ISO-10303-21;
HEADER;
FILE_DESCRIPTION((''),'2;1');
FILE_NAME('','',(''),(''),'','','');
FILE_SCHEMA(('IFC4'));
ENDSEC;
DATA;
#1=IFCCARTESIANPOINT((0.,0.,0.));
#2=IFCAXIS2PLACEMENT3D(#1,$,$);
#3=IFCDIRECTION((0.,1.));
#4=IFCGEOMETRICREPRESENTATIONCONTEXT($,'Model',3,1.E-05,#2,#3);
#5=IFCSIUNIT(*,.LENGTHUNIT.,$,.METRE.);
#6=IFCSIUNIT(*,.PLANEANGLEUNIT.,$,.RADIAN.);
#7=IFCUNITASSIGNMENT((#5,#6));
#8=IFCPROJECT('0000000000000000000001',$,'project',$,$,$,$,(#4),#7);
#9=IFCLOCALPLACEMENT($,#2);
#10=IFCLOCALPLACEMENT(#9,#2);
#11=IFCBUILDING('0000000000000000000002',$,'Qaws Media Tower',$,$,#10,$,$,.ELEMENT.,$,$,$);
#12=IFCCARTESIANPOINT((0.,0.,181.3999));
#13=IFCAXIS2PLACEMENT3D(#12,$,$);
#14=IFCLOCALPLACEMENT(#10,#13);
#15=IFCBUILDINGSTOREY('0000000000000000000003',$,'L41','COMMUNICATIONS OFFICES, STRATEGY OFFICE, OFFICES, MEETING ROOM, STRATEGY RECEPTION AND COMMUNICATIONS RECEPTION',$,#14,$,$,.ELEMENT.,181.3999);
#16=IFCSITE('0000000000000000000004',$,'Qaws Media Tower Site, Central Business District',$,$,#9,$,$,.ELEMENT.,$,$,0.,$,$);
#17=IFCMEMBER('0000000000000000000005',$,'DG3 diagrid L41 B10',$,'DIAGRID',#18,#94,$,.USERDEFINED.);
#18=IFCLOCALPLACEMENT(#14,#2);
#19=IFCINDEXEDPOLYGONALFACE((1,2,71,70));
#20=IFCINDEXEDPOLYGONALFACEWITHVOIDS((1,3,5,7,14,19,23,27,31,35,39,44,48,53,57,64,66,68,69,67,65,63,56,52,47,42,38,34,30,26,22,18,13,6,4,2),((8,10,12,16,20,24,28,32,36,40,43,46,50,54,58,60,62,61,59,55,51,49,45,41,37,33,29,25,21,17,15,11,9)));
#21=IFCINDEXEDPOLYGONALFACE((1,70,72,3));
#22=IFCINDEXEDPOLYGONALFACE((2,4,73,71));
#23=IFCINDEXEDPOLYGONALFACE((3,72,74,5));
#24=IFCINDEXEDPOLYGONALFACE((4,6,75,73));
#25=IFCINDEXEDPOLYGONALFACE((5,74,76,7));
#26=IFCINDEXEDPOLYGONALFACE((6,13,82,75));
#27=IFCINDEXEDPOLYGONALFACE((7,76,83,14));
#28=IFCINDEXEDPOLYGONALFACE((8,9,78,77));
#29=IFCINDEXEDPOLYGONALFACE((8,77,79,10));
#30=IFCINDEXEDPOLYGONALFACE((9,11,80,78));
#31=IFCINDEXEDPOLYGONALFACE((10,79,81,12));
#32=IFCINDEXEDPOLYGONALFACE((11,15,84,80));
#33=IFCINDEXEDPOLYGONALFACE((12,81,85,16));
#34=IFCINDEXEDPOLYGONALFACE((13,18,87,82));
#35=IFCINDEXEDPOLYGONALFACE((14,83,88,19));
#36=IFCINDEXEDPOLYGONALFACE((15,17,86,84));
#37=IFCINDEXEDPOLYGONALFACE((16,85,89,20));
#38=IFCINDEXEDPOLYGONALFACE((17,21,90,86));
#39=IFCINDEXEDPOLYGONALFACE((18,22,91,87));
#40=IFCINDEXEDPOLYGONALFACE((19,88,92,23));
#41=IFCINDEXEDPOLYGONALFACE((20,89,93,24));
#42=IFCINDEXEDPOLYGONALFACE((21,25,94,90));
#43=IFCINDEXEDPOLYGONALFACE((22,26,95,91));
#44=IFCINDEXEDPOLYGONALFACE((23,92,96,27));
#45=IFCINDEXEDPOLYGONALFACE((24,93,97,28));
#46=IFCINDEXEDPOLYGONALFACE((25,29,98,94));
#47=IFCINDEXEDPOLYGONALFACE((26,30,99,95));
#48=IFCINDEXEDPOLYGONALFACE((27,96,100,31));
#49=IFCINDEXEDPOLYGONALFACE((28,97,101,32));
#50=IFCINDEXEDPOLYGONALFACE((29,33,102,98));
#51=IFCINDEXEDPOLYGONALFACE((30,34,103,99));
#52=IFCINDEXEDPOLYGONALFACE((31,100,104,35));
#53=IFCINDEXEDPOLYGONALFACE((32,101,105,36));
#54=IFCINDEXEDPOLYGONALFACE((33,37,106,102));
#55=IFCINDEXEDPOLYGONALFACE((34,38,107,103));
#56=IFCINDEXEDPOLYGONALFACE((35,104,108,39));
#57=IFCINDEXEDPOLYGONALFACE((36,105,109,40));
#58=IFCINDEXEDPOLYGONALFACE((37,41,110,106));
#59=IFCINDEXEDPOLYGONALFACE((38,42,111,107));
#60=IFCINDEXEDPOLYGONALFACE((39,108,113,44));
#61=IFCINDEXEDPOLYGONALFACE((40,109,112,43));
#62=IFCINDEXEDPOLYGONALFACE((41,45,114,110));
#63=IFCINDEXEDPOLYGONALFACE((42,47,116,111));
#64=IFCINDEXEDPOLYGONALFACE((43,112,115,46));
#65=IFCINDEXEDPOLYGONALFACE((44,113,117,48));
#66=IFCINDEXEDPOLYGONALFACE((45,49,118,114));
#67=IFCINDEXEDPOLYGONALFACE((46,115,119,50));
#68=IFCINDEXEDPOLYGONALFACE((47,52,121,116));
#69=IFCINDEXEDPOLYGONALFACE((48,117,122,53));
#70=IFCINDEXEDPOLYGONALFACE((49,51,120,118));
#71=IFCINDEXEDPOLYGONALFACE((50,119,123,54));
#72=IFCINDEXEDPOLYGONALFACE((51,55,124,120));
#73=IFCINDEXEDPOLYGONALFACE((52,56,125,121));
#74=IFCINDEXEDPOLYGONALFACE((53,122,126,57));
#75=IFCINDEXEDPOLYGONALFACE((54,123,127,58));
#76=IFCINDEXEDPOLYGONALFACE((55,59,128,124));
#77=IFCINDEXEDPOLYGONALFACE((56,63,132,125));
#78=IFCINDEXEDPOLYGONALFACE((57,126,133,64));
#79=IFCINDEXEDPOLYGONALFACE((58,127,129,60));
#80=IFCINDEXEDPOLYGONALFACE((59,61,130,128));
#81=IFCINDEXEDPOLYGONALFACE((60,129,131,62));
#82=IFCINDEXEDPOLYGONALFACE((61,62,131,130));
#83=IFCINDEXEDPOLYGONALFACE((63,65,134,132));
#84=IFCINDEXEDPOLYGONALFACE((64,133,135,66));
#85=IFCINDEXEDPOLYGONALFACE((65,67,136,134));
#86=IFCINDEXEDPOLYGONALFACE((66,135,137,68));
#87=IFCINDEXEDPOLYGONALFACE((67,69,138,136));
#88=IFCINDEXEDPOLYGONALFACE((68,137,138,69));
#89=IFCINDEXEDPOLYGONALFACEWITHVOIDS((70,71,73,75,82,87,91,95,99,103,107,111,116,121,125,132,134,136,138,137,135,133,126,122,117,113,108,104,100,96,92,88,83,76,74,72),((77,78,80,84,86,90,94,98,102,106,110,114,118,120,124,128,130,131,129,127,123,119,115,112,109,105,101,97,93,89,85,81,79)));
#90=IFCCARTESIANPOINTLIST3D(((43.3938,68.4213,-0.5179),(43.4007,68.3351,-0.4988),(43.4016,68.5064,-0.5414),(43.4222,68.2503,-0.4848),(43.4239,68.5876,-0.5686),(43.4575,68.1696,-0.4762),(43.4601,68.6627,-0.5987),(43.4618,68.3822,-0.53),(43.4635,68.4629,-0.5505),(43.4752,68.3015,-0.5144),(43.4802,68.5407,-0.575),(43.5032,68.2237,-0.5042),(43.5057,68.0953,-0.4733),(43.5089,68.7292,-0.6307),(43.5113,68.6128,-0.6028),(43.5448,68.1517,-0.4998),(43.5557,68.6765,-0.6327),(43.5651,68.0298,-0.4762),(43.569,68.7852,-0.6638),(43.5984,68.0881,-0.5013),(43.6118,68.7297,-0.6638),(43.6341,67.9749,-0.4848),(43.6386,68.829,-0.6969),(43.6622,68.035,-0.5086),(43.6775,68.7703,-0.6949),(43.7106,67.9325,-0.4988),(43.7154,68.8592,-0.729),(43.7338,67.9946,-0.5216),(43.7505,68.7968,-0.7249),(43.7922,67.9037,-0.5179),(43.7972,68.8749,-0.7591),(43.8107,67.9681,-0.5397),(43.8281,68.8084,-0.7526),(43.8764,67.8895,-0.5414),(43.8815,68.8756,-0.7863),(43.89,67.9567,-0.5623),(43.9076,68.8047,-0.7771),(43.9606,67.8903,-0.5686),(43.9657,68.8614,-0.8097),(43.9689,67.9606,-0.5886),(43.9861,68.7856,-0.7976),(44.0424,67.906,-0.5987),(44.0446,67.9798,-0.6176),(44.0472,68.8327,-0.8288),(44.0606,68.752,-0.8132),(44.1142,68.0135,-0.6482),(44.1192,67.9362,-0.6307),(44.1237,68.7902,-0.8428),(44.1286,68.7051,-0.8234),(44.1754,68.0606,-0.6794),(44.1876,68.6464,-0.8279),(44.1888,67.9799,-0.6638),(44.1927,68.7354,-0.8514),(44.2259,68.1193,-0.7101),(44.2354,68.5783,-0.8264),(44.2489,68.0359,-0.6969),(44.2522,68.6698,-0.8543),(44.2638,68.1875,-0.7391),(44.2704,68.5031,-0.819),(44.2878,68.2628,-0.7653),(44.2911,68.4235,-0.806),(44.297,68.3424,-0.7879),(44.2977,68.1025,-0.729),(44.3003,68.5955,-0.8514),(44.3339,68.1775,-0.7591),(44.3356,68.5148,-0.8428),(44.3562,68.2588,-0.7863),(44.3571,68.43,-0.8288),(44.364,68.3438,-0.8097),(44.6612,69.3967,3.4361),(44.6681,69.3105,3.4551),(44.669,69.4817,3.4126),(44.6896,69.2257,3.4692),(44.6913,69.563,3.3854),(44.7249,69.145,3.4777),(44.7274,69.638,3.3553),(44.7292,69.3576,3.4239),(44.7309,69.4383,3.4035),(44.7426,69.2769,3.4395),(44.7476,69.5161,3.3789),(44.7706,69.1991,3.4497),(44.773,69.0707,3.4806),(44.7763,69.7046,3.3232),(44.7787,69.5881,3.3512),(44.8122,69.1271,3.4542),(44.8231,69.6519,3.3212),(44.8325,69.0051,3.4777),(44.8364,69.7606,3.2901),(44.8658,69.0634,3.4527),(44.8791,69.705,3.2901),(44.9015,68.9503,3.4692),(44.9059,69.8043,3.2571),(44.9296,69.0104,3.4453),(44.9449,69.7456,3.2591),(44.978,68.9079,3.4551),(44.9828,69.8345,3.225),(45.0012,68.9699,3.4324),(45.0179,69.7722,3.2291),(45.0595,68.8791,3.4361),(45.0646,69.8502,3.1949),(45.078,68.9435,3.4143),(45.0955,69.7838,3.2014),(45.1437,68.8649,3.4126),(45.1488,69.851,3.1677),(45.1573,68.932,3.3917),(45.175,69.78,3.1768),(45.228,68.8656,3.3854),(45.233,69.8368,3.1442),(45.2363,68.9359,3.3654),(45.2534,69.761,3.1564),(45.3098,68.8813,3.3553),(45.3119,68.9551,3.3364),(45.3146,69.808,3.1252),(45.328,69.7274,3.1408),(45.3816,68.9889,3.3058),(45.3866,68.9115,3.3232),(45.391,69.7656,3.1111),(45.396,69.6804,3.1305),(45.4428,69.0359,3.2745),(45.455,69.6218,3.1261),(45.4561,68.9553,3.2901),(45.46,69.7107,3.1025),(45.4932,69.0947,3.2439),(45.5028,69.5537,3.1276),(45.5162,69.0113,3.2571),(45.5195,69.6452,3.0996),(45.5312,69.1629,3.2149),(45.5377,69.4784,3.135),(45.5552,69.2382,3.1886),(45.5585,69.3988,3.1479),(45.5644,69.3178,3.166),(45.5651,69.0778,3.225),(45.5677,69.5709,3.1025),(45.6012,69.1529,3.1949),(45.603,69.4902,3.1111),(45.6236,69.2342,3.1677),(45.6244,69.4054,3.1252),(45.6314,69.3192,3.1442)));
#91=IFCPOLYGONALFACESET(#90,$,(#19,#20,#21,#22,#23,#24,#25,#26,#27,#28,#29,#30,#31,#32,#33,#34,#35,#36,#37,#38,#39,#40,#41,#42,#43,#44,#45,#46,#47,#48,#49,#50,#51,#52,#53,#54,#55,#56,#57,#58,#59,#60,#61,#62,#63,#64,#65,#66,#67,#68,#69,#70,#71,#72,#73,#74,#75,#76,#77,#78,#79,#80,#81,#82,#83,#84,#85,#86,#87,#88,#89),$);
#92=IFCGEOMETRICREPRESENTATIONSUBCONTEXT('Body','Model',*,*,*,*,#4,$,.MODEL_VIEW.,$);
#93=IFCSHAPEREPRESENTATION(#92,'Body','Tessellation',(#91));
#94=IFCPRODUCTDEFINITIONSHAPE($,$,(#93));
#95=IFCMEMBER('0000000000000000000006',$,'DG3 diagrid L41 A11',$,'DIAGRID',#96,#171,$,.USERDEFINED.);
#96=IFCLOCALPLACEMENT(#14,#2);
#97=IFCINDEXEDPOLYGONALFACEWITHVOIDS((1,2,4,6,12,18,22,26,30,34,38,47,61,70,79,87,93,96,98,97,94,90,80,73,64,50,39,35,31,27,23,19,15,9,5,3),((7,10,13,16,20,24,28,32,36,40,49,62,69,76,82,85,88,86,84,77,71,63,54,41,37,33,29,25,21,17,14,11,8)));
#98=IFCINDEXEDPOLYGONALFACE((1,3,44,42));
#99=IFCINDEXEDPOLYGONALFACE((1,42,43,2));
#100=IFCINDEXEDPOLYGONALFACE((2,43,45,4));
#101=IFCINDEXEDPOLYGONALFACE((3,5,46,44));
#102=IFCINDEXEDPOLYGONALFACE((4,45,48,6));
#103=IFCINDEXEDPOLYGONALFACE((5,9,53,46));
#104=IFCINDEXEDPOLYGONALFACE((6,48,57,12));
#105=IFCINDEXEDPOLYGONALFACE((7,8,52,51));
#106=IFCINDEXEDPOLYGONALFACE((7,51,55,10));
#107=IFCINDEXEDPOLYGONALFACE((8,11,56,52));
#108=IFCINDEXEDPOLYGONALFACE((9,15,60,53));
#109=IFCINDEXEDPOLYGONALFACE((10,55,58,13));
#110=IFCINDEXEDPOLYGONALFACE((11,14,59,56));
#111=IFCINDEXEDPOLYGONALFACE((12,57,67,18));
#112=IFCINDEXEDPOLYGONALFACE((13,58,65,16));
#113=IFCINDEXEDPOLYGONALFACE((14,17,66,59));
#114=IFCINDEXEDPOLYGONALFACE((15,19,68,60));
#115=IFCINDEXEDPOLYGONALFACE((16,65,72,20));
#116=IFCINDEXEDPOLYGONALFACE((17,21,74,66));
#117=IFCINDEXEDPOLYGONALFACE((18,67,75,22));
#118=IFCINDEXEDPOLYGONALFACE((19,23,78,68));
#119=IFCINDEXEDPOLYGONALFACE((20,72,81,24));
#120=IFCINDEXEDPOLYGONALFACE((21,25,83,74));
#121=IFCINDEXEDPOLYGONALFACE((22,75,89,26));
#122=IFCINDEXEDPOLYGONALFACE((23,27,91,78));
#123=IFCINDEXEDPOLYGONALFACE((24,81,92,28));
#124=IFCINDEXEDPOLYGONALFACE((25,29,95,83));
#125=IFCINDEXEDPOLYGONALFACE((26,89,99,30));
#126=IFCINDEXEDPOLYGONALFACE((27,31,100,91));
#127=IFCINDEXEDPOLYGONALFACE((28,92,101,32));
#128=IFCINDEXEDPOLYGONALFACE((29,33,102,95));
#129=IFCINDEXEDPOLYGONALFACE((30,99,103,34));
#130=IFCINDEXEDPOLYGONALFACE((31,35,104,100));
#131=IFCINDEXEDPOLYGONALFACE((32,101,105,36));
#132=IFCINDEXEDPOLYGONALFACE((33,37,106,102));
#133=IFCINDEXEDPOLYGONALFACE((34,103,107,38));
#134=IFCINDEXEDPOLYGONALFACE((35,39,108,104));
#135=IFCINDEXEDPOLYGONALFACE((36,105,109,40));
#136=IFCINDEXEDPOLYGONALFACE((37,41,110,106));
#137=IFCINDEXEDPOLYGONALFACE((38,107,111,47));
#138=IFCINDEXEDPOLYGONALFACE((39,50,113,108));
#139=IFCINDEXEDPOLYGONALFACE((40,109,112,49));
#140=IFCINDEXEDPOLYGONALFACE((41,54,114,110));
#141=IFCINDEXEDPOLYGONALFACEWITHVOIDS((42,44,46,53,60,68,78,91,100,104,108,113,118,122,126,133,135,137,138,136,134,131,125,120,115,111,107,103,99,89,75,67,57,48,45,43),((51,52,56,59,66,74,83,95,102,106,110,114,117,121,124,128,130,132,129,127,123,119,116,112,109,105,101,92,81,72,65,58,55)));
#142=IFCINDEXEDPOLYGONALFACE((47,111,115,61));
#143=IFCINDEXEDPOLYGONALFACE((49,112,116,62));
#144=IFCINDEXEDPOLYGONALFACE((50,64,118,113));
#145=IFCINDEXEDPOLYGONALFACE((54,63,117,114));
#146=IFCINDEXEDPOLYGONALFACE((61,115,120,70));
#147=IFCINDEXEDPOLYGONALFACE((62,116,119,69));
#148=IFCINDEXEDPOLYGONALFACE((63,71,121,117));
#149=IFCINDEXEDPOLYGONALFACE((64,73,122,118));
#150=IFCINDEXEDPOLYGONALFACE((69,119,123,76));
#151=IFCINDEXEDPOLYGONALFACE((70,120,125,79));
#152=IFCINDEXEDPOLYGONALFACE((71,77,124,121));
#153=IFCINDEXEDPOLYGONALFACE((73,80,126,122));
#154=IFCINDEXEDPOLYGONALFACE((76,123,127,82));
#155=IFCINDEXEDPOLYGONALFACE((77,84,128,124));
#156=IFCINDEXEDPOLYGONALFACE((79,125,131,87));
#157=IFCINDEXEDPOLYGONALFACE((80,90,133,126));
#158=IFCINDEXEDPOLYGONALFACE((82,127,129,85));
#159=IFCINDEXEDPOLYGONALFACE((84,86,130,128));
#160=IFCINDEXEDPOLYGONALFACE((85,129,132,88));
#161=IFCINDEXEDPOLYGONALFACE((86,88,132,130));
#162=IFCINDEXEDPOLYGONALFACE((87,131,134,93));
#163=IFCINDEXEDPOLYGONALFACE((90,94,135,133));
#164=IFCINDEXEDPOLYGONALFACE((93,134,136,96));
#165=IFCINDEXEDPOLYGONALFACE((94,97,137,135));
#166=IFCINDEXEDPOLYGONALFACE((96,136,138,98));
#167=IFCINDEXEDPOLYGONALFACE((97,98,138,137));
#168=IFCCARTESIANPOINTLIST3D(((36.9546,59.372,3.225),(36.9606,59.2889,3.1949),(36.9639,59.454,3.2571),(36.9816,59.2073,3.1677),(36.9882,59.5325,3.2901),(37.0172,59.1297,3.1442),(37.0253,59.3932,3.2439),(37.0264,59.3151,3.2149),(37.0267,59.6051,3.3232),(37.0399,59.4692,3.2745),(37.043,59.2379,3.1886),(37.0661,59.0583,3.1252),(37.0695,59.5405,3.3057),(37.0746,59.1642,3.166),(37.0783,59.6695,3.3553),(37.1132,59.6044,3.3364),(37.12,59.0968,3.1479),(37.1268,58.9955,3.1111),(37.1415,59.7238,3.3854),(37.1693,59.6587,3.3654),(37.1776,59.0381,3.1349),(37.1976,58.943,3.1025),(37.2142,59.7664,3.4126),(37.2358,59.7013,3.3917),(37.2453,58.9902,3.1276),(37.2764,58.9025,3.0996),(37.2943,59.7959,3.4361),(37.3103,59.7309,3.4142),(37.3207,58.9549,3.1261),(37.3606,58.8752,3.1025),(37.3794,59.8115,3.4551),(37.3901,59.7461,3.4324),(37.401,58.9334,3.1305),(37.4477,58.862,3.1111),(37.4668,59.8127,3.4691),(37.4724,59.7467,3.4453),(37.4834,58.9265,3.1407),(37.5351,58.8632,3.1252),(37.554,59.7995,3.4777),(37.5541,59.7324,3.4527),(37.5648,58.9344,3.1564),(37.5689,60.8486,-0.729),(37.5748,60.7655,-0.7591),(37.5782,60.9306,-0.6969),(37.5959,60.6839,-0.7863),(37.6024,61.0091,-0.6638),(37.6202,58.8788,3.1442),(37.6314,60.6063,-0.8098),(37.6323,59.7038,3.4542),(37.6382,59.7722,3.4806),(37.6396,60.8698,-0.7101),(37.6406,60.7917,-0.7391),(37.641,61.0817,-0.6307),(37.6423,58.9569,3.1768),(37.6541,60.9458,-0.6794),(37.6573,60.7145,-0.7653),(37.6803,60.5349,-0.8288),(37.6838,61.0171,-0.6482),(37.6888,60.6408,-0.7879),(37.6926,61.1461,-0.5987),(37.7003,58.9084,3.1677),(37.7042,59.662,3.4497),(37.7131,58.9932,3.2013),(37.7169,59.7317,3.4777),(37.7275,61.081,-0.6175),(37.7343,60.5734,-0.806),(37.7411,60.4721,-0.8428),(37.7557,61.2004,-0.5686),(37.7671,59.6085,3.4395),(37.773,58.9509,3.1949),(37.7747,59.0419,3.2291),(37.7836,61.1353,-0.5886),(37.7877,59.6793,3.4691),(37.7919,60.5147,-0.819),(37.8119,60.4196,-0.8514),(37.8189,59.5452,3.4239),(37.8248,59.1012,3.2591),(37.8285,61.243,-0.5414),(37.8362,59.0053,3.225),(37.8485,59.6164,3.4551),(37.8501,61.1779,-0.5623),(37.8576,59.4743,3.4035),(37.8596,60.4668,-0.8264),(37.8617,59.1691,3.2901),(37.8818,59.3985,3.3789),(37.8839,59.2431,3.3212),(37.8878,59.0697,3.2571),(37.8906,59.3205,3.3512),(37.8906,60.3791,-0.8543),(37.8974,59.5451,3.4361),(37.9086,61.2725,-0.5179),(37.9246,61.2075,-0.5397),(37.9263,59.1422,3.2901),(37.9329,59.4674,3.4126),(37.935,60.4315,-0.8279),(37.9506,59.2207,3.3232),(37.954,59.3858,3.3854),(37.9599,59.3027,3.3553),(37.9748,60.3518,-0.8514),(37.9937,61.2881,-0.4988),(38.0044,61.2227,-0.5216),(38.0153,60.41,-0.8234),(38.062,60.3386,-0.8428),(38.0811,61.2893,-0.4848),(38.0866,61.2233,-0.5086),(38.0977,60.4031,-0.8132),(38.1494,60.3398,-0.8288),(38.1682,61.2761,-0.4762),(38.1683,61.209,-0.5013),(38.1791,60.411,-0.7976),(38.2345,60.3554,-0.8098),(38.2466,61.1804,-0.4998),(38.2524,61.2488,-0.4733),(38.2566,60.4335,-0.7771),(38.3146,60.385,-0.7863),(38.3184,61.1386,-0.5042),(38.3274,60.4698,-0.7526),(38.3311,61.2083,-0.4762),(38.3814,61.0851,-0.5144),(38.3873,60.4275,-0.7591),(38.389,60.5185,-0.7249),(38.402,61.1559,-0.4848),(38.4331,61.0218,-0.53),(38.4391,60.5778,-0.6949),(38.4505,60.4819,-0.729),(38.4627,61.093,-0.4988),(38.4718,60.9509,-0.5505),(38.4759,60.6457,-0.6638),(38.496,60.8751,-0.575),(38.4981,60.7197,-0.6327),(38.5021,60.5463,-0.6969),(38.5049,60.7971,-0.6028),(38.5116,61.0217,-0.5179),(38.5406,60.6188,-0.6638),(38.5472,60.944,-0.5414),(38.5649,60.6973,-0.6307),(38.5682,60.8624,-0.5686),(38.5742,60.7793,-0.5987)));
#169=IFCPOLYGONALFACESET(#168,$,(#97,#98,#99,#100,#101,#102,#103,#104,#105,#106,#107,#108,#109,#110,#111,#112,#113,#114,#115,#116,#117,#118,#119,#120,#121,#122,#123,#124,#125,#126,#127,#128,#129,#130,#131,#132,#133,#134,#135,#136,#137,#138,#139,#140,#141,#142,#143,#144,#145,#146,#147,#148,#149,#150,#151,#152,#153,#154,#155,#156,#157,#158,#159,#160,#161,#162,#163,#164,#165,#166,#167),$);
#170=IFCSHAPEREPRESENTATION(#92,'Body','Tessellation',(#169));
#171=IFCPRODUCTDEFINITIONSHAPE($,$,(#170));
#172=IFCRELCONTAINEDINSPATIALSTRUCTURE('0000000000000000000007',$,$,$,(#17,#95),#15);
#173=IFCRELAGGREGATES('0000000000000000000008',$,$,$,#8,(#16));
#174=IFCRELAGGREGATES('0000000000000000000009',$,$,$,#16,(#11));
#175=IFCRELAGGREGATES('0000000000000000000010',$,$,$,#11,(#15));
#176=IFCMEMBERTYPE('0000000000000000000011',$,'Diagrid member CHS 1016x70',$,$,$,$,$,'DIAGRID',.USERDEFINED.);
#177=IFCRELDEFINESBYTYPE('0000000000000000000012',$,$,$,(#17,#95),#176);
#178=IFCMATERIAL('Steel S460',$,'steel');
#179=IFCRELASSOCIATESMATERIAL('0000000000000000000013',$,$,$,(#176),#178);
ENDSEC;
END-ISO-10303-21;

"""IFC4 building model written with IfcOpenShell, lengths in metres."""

from ifc_helpers import new_model, si_unit, direction, frame, origin, origin_2d, place, context, subcontext, project, spatial, hollow_circle, extrude, material, material_profile, profile_set, type_object, element, save


model = new_model("IFC4")

# Units and contexts
model_context = context("Model", 3, precision=1e-05, world=origin(), true_north=direction((0.0, 1.0)))
body_context = subcontext(model_context, "Body", "Model", "MODEL_VIEW")
ifc_project = project(units=[si_unit("LENGTHUNIT", "METRE"), si_unit("PLANEANGLEUNIT", "RADIAN")], contexts=[model_context])

# Site, building, storey
site_placement = place(None, origin())
site = spatial("IfcSite", under=ifc_project, at=site_placement, Name="Qaws Media Tower Site, Central Business District", CompositionType="ELEMENT", RefElevation=0.0)
building_placement = place(site_placement, origin())
building = spatial("IfcBuilding", under=site, at=building_placement, Name="Qaws Media Tower", CompositionType="ELEMENT")
storey_placement = place(building_placement, frame((0.0, 0.0, 181.3999)))
storey = spatial("IfcBuildingStorey", under=building, at=storey_placement, Name="L41", Description="COMMUNICATIONS OFFICES, STRATEGY OFFICE, OFFICES, MEETING ROOM, STRATEGY RECEPTION AND COMMUNICATIONS RECEPTION", CompositionType="ELEMENT", Elevation=181.3999)

# Members
ifc_material_1 = material(Name="Steel S460", Category="steel")
ifc_material_profile_1 = material_profile(ifc_material_1, hollow_circle(Radius=0.5081, WallThickness=0.0701, at=origin_2d()), Name="CHS 1016x70")
ifc_profile_set_1 = profile_set([ifc_material_profile_1], Name="Steel S460")
member_type_1 = type_object("IfcMemberType", Name="Diagrid member CHS 1016x70", ElementType="DIAGRID", PredefinedType="USERDEFINED", material=ifc_profile_set_1)
for number, where, z_axis, x_axis, name in (
    (1, (43.8789, 68.3826, -0.6638), (0.297146, 0.228684, 0.927043), (-0.609895, 0.792482, 0.0), "DG3 diagrid L41 B10"),
    (2, (38.0715, 60.814, -0.6638), (-0.144022, -0.346202, 0.927039), (0.923294, -0.384095, 0.0), "DG3 diagrid L41 A11"),
):
    element("IfcMember", number, at=place(storey_placement, frame(where, z_axis=z_axis, x_axis=x_axis)), inside=storey, type_object=member_type_1, Name=name, ObjectType="DIAGRID", PredefinedType="USERDEFINED", context=body_context, shape_type="SweptSolid", body=[
        extrude(hollow_circle(Radius=0.5081, WallThickness=0.0701, at=origin_2d()), origin(), (0.0, 0.0, 1.0), 4.2651),
    ])

save(model, "model.ifc")
